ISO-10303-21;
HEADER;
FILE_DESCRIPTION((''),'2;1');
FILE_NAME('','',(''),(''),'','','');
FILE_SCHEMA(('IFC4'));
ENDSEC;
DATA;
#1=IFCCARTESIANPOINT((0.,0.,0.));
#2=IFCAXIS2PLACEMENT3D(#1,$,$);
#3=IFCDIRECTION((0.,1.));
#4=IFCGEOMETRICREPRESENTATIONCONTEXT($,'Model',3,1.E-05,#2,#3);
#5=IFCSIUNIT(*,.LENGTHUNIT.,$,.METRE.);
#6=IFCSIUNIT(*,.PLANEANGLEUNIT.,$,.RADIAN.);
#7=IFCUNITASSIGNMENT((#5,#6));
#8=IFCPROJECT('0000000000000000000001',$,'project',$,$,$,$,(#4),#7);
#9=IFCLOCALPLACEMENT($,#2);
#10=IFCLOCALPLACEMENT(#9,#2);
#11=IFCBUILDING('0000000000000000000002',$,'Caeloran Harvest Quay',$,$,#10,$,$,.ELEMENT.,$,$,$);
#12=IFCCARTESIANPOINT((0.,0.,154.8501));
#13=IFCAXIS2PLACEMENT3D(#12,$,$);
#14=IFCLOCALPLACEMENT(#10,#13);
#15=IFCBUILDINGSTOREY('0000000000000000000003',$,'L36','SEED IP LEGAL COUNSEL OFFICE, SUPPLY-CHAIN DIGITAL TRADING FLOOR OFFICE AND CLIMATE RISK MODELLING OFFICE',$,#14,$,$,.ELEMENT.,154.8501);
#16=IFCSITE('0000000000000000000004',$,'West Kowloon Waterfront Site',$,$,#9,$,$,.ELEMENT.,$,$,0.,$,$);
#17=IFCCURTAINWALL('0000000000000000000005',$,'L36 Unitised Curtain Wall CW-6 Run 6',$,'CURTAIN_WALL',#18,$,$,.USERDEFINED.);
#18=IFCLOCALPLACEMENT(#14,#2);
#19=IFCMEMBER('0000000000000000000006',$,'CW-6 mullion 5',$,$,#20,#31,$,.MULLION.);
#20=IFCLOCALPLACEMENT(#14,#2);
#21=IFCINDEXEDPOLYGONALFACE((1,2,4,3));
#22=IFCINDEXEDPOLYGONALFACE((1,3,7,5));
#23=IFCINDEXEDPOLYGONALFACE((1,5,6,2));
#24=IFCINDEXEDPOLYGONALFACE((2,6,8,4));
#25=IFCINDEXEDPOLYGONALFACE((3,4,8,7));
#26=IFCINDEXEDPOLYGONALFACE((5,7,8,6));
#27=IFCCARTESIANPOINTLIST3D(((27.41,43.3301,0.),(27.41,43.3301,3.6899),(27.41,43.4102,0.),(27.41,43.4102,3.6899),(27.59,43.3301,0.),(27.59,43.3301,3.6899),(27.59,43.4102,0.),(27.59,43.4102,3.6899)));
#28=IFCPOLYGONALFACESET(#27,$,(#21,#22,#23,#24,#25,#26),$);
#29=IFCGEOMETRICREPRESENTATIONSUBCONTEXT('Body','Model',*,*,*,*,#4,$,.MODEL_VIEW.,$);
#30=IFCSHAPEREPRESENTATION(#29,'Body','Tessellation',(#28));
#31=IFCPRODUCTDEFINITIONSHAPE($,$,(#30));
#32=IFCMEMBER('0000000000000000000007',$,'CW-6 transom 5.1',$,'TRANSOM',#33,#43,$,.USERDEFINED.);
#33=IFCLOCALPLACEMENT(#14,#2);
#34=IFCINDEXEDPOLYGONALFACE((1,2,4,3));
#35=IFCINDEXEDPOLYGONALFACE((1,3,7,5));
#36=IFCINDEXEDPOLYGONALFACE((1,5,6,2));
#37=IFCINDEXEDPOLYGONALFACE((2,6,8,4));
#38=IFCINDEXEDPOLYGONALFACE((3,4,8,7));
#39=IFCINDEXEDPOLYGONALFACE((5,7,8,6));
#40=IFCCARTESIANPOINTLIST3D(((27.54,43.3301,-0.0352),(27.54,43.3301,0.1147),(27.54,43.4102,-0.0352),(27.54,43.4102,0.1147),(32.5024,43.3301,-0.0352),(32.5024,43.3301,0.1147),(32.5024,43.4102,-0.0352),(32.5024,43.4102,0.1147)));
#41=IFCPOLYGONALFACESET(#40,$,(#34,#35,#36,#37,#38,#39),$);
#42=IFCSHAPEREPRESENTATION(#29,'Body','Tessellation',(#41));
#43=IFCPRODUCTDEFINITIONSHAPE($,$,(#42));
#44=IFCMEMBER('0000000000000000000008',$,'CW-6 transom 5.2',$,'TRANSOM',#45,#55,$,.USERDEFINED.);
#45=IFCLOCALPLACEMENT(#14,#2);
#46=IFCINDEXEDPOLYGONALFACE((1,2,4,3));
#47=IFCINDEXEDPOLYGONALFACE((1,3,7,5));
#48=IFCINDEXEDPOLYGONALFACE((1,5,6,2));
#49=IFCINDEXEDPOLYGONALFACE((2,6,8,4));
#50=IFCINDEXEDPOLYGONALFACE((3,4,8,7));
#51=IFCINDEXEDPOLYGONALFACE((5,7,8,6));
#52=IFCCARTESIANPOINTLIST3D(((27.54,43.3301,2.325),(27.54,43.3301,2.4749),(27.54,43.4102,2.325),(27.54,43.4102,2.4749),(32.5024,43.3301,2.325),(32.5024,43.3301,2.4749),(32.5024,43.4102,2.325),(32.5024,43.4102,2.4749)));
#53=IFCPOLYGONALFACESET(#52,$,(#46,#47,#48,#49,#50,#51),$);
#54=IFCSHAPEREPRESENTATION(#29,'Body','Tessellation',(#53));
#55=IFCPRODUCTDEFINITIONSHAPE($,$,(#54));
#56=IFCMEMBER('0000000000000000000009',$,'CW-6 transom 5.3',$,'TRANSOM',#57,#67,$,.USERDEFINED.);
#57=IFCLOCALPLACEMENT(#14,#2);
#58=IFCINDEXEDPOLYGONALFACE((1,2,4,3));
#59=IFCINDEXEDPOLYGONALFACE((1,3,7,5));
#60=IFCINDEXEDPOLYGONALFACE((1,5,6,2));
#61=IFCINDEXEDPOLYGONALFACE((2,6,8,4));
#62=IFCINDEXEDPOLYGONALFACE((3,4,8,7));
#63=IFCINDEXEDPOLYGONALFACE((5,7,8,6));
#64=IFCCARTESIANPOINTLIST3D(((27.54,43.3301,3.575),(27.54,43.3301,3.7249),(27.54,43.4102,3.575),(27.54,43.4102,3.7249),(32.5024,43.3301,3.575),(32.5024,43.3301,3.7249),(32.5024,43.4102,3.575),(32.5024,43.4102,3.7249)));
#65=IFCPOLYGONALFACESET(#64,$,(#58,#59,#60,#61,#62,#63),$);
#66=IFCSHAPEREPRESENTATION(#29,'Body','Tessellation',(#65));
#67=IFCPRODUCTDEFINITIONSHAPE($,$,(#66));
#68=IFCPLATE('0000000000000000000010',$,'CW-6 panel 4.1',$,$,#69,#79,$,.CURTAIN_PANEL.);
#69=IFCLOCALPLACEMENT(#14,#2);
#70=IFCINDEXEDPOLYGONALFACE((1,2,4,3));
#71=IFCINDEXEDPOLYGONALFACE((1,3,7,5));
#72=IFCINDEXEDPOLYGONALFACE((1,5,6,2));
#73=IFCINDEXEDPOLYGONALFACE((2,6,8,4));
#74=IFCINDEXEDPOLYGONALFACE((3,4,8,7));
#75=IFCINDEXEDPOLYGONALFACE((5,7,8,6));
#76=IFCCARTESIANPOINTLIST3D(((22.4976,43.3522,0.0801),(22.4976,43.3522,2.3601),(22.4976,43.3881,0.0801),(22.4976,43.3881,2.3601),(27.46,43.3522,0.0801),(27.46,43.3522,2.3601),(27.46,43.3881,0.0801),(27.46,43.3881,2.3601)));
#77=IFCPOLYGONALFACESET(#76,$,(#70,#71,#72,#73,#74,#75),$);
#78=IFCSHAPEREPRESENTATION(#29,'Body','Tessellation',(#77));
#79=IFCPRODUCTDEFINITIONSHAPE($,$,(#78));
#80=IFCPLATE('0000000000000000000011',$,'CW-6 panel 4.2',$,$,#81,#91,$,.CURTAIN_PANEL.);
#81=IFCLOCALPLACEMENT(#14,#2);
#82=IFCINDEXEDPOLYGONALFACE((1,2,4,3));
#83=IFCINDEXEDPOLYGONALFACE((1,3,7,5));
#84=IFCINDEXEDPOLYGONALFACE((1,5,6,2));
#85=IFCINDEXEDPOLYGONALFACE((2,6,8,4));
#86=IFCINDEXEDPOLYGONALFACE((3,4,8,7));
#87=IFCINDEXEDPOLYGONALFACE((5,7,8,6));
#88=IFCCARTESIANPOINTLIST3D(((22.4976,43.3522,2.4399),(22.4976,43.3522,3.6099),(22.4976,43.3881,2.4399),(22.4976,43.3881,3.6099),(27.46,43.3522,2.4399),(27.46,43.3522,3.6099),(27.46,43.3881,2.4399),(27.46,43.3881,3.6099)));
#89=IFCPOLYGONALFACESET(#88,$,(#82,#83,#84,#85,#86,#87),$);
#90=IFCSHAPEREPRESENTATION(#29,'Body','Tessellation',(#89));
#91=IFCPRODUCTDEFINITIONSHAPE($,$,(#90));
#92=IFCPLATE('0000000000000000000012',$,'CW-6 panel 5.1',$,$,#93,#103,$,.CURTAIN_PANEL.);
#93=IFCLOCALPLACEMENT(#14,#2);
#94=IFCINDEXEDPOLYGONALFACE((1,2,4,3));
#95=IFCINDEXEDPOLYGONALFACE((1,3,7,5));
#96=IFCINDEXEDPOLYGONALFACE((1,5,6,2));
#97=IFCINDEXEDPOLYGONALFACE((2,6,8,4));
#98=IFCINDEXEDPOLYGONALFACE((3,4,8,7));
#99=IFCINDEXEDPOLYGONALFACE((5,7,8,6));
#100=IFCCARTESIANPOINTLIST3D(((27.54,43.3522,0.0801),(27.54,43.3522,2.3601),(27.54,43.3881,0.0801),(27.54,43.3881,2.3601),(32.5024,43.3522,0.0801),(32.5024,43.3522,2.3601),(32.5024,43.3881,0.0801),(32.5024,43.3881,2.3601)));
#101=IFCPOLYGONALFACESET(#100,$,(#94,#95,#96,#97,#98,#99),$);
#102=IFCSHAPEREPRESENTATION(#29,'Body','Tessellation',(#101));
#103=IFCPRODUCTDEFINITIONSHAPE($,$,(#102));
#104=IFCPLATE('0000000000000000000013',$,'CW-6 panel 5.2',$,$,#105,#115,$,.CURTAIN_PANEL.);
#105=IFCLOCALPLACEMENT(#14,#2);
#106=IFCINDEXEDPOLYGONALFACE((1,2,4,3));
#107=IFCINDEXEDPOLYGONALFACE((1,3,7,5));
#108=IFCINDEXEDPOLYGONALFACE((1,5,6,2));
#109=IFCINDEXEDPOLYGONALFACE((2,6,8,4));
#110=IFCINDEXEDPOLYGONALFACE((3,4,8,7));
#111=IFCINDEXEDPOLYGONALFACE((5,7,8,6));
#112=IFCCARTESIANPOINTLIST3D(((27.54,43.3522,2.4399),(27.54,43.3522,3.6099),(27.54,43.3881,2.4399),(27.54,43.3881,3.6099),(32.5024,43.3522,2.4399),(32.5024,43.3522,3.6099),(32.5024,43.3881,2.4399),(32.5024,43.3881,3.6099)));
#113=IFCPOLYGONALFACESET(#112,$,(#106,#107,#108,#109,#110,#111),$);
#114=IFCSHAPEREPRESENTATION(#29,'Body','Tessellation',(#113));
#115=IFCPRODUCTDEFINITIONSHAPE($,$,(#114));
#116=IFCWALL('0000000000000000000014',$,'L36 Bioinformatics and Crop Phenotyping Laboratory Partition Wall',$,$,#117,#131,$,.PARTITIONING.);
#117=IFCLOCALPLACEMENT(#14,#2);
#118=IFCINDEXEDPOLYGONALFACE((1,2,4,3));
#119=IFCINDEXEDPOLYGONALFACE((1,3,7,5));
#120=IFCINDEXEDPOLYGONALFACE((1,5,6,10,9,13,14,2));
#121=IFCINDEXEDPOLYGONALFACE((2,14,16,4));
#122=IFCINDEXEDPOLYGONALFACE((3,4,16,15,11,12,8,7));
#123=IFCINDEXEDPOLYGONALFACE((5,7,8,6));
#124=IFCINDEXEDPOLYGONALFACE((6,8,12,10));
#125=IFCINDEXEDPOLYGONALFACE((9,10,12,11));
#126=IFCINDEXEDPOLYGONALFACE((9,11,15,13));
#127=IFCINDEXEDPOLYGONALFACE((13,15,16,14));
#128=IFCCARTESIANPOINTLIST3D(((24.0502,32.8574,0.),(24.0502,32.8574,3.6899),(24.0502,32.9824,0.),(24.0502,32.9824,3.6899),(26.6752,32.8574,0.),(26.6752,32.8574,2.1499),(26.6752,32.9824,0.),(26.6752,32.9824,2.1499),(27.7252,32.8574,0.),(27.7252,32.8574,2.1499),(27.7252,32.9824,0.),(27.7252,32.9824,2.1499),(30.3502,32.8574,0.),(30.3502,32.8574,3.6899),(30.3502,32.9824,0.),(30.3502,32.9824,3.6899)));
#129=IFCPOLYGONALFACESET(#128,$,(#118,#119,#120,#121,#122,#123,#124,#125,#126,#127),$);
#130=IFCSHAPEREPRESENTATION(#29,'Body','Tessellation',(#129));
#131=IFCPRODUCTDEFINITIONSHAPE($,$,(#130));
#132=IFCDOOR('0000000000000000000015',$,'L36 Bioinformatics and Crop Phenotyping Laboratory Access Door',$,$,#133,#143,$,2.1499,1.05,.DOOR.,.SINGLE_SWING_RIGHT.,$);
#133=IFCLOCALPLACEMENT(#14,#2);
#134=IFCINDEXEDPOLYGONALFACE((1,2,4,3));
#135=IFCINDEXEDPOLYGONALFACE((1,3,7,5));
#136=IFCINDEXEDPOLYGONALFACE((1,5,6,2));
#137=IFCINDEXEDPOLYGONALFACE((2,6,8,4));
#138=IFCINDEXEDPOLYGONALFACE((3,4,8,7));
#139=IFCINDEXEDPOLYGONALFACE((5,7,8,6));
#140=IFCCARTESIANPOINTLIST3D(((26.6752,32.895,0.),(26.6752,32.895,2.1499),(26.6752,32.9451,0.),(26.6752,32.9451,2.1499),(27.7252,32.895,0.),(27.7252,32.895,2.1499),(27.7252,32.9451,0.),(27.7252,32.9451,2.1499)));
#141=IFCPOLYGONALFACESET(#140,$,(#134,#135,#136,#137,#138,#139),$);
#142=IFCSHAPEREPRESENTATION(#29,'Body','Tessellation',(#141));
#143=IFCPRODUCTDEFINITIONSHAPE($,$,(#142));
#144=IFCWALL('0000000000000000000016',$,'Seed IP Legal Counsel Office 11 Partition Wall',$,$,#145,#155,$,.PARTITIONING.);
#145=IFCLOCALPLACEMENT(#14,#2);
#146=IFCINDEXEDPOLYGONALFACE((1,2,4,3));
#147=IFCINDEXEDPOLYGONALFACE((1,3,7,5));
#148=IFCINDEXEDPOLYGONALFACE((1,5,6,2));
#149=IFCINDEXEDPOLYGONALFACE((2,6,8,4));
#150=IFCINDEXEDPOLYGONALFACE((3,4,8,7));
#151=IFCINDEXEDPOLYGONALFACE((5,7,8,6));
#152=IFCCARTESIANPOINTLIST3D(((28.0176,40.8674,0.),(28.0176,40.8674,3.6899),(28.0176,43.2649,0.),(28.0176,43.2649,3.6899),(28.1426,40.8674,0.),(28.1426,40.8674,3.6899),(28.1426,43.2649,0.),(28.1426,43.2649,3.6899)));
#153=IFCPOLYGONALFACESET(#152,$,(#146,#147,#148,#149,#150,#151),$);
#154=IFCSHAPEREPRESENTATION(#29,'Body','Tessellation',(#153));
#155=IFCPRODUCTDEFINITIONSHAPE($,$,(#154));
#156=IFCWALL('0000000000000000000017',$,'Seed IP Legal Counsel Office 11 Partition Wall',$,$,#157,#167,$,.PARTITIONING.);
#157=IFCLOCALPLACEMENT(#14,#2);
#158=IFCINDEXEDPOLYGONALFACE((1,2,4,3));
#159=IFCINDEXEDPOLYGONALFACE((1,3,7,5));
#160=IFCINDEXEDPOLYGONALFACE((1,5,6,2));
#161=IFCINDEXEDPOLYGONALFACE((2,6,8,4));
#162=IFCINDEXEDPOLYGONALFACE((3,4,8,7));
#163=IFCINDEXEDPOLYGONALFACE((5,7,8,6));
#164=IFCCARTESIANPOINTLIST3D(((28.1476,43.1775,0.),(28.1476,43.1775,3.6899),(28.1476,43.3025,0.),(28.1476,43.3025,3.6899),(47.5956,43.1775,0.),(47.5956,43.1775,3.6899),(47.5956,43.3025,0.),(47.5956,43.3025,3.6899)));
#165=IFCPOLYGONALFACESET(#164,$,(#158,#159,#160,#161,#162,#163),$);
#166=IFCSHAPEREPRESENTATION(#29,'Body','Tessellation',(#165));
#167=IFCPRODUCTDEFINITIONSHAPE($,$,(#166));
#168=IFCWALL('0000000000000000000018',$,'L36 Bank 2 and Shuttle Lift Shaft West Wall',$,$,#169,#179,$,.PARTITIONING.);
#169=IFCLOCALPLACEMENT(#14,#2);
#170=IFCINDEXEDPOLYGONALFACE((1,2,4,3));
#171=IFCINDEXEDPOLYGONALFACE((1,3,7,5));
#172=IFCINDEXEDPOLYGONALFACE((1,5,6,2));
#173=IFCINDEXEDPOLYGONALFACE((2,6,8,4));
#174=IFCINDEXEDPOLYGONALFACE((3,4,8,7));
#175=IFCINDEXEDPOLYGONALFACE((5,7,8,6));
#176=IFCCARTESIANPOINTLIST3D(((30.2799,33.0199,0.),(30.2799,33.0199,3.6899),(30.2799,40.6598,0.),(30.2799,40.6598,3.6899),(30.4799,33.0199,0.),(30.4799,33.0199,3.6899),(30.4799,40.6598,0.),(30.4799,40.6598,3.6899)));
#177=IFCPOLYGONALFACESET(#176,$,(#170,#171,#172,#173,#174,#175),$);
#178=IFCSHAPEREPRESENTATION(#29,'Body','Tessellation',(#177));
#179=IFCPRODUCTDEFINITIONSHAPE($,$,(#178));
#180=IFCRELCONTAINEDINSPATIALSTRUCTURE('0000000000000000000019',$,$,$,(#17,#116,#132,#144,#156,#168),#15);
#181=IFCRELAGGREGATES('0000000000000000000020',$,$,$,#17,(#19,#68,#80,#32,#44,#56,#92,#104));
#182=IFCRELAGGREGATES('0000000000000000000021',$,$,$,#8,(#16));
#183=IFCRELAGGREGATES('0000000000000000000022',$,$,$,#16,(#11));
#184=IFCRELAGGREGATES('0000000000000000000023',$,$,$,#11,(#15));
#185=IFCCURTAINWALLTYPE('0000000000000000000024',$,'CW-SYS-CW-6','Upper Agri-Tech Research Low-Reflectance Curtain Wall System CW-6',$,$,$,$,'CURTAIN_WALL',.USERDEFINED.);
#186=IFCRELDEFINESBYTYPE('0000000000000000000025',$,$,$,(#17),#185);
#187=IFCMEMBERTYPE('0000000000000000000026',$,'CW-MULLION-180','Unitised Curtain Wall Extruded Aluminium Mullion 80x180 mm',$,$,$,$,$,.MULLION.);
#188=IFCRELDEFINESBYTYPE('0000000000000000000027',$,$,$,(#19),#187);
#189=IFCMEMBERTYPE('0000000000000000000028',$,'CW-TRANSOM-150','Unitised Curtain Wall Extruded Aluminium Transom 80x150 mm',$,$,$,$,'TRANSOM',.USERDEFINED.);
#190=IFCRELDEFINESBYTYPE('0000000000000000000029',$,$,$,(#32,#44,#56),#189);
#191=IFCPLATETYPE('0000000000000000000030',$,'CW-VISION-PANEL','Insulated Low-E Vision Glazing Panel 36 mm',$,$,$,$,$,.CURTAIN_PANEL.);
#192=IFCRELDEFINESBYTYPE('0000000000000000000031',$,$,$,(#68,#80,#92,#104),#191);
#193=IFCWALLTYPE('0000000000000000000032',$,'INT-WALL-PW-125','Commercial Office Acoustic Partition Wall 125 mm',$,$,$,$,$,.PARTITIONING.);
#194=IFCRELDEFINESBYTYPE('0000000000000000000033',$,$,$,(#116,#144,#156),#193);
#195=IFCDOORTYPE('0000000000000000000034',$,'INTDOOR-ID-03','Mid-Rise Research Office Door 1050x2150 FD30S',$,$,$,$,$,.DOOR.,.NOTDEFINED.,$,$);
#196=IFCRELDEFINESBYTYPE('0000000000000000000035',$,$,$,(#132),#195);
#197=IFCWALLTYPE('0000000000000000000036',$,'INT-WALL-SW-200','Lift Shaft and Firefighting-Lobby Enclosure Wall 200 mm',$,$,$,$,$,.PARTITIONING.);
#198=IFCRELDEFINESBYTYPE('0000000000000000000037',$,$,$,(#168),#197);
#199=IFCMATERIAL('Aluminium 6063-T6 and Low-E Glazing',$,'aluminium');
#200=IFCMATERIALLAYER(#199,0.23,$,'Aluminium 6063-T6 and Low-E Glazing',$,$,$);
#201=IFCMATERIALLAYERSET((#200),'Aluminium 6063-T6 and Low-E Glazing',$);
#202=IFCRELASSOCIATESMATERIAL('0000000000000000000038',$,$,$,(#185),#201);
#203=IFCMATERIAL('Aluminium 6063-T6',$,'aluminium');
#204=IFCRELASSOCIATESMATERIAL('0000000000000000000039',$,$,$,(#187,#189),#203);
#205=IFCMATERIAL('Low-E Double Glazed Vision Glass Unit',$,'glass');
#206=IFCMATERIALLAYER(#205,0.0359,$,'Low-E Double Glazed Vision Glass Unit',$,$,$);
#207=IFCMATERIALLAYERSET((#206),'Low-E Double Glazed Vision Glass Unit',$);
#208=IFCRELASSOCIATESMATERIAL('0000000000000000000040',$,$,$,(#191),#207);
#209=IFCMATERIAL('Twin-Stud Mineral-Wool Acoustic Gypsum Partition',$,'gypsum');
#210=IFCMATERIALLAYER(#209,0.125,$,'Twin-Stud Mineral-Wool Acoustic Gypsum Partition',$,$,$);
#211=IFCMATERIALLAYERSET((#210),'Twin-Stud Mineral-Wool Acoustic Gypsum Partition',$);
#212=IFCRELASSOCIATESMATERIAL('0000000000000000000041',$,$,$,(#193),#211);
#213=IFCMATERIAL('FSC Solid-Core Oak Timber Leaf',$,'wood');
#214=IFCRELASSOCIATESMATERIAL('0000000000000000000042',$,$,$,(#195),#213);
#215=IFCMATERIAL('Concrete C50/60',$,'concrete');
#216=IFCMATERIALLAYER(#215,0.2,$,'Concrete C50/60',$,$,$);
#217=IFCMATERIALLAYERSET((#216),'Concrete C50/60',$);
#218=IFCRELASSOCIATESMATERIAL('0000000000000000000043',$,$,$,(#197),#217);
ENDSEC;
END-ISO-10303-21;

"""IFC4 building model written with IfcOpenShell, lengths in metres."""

from ifc_helpers import new_model, si_unit, direction, frame, frame_2d, origin, origin_2d, place, context, subcontext, project, spatial, rectangle, extrude, material, layer, layer_set, material_profile, profile_set, type_object, element, fill, aggregate, save


model = new_model("IFC4")

# Units and contexts
model_context = context("Model", 3, precision=1e-05, world=origin(), true_north=direction((0.0, 1.0)))
body_context = subcontext(model_context, "Body", "Model", "MODEL_VIEW")
ifc_project = project(units=[si_unit("LENGTHUNIT", "METRE"), si_unit("PLANEANGLEUNIT", "RADIAN")], contexts=[model_context])

# Site, building, storey
site_placement = place(None, origin())
site = spatial("IfcSite", under=ifc_project, at=site_placement, Name="West Kowloon Waterfront Site", CompositionType="ELEMENT", RefElevation=0.0)
building_placement = place(site_placement, origin())
building = spatial("IfcBuilding", under=site, at=building_placement, Name="Caeloran Harvest Quay", CompositionType="ELEMENT")
storey_placement = place(building_placement, frame((0.0, 0.0, 154.8501)))
storey = spatial("IfcBuildingStorey", under=building, at=storey_placement, Name="L36", Description="SEED IP LEGAL COUNSEL OFFICE, SUPPLY-CHAIN DIGITAL TRADING FLOOR OFFICE AND CLIMATE RISK MODELLING OFFICE", CompositionType="ELEMENT", Elevation=154.8501)

# Curtain wall, members, plates
ifc_material_1 = material(Name="Aluminium 6063-T6 and Low-E Glazing", Category="aluminium")
ifc_layer_1 = layer(ifc_material_1, 0.23, Name="Aluminium 6063-T6 and Low-E Glazing")
ifc_layer_set_1 = layer_set([ifc_layer_1], Name="Aluminium 6063-T6 and Low-E Glazing")
curtain_wall_type = type_object("IfcCurtainWallType", Name="CW-SYS-CW-6", Description="Upper Agri-Tech Research Low-Reflectance Curtain Wall System CW-6", ElementType="CURTAIN_WALL", PredefinedType="USERDEFINED", material=ifc_layer_set_1)
curtain_wall_placement = place(storey_placement, origin())
curtain_wall = element("IfcCurtainWall", 1, at=curtain_wall_placement, inside=storey, type_object=curtain_wall_type, Name="L36 Unitised Curtain Wall CW-6 Run 6", ObjectType="CURTAIN_WALL", PredefinedType="USERDEFINED")
ifc_material_2 = material(Name="Aluminium 6063-T6", Category="aluminium")
ifc_material_profile_1 = material_profile(ifc_material_2, rectangle(XDim=0.0801, YDim=0.1799, at=origin_2d()), Name="CW-MULLION-180")
ifc_profile_set_1 = profile_set([ifc_material_profile_1], Name="Aluminium 6063-T6")
member_type_1 = type_object("IfcMemberType", Name="CW-MULLION-180", Description="Unitised Curtain Wall Extruded Aluminium Mullion 80x180 mm", PredefinedType="MULLION", material=ifc_profile_set_1)
member_1_placement = place(storey_placement, frame((27.5, 43.3701, 0.0), z_axis=(0.0, 0.0, 1.0), x_axis=(0.0, 1.0, 0.0)))
member_1 = element("IfcMember", 2, at=member_1_placement, type_object=member_type_1, Name="CW-6 mullion 5", PredefinedType="MULLION", context=body_context, shape_type="SweptSolid", body=[
    extrude(rectangle(XDim=0.0801, YDim=0.1799, at=origin_2d()), origin(), (0.0, 0.0, 1.0), 3.6899),
])
ifc_material_profile_2 = material_profile(ifc_material_2, rectangle(XDim=0.0801, YDim=0.1499, at=origin_2d()), Name="CW-TRANSOM-150")
ifc_profile_set_2 = profile_set([ifc_material_profile_2], Name="Aluminium 6063-T6")
member_type_2 = type_object("IfcMemberType", Name="CW-TRANSOM-150", Description="Unitised Curtain Wall Extruded Aluminium Transom 80x150 mm", ElementType="TRANSOM", PredefinedType="USERDEFINED", material=ifc_profile_set_2)
member_2_placement = place(storey_placement, frame((27.54, 43.3701, 0.0398), z_axis=(1.0, 0.0, 0.0), x_axis=(0.0, 1.0, 0.0)))
member_2 = element("IfcMember", 3, at=member_2_placement, type_object=member_type_2, Name="CW-6 transom 5.1", ObjectType="TRANSOM", PredefinedType="USERDEFINED", context=body_context, shape_type="SweptSolid", body=[
    extrude(rectangle(XDim=0.0801, YDim=0.1499, at=origin_2d()), origin(), (0.0, 0.0, 1.0), 4.9624),
])
member_3_placement = place(storey_placement, frame((27.54, 43.3701, 2.3999), z_axis=(1.0, 0.0, 0.0), x_axis=(0.0, 1.0, 0.0)))
member_3 = element("IfcMember", 4, at=member_3_placement, type_object=member_type_2, Name="CW-6 transom 5.2", ObjectType="TRANSOM", PredefinedType="USERDEFINED", context=body_context, shape_type="SweptSolid", body=[
    extrude(rectangle(XDim=0.0801, YDim=0.1499, at=origin_2d()), origin(), (0.0, 0.0, 1.0), 4.9624),
])
member_4_placement = place(storey_placement, frame((27.54, 43.3701, 3.6499), z_axis=(1.0, 0.0, 0.0), x_axis=(0.0, 1.0, 0.0)))
member_4 = element("IfcMember", 5, at=member_4_placement, type_object=member_type_2, Name="CW-6 transom 5.3", ObjectType="TRANSOM", PredefinedType="USERDEFINED", context=body_context, shape_type="SweptSolid", body=[
    extrude(rectangle(XDim=0.0801, YDim=0.1499, at=origin_2d()), origin(), (0.0, 0.0, 1.0), 4.9624),
])
ifc_material_3 = material(Name="Low-E Double Glazed Vision Glass Unit", Category="glass")
ifc_layer_2 = layer(ifc_material_3, 0.0359, Name="Low-E Double Glazed Vision Glass Unit")
ifc_layer_set_2 = layer_set([ifc_layer_2], Name="Low-E Double Glazed Vision Glass Unit")
plate_type = type_object("IfcPlateType", Name="CW-VISION-PANEL", Description="Insulated Low-E Vision Glazing Panel 36 mm", PredefinedType="CURTAIN_PANEL", material=ifc_layer_set_2)
plate_1_placement = place(storey_placement, frame((24.9788, 43.3701, 0.0801), z_axis=(0.0, 0.0, 1.0), x_axis=(1.0, 0.0, 0.0)))
plate_1 = element("IfcPlate", 6, at=plate_1_placement, type_object=plate_type, Name="CW-6 panel 4.1", PredefinedType="CURTAIN_PANEL", context=body_context, shape_type="SweptSolid", body=[
    extrude(rectangle(XDim=4.9624, YDim=0.0359, at=origin_2d()), origin(), (0.0, 0.0, 1.0), 2.28),
])
plate_2_placement = place(storey_placement, frame((24.9788, 43.3701, 2.4399), z_axis=(0.0, 0.0, 1.0), x_axis=(1.0, 0.0, 0.0)))
plate_2 = element("IfcPlate", 7, at=plate_2_placement, type_object=plate_type, Name="CW-6 panel 4.2", PredefinedType="CURTAIN_PANEL", context=body_context, shape_type="SweptSolid", body=[
    extrude(rectangle(XDim=4.9624, YDim=0.0359, at=origin_2d()), origin(), (0.0, 0.0, 1.0), 1.1699),
])
plate_3_placement = place(storey_placement, frame((30.0212, 43.3701, 0.0801), z_axis=(0.0, 0.0, 1.0), x_axis=(1.0, 0.0, 0.0)))
plate_3 = element("IfcPlate", 8, at=plate_3_placement, type_object=plate_type, Name="CW-6 panel 5.1", PredefinedType="CURTAIN_PANEL", context=body_context, shape_type="SweptSolid", body=[
    extrude(rectangle(XDim=4.9624, YDim=0.0359, at=origin_2d()), origin(), (0.0, 0.0, 1.0), 2.28),
])
plate_4_placement = place(storey_placement, frame((30.0212, 43.3701, 2.4399), z_axis=(0.0, 0.0, 1.0), x_axis=(1.0, 0.0, 0.0)))
plate_4 = element("IfcPlate", 9, at=plate_4_placement, type_object=plate_type, Name="CW-6 panel 5.2", PredefinedType="CURTAIN_PANEL", context=body_context, shape_type="SweptSolid", body=[
    extrude(rectangle(XDim=4.9624, YDim=0.0359, at=origin_2d()), origin(), (0.0, 0.0, 1.0), 1.1699),
])
aggregate(curtain_wall, [member_1, plate_1, plate_2, member_2, member_3, member_4, plate_3, plate_4])

# Wall, opening, door
ifc_material_4 = material(Name="Twin-Stud Mineral-Wool Acoustic Gypsum Partition", Category="gypsum")
ifc_layer_3 = layer(ifc_material_4, 0.125, Name="Twin-Stud Mineral-Wool Acoustic Gypsum Partition")
ifc_layer_set_3 = layer_set([ifc_layer_3], Name="Twin-Stud Mineral-Wool Acoustic Gypsum Partition")
wall_type_1 = type_object("IfcWallType", Name="INT-WALL-PW-125", Description="Commercial Office Acoustic Partition Wall 125 mm", PredefinedType="PARTITIONING", material=ifc_layer_set_3)
wall_1_placement = place(storey_placement, frame((30.3501, 32.9199, 0.0), z_axis=(0.0, 0.0, 1.0), x_axis=(-1.0, 0.0, 0.0)))
wall_1 = element("IfcWall", 10, at=wall_1_placement, inside=storey, type_object=wall_type_1, Name="L36 Bioinformatics and Crop Phenotyping Laboratory Partition Wall", PredefinedType="PARTITIONING", context=body_context, shape_type="SweptSolid", body=[
    extrude(rectangle(XDim=6.3, YDim=0.125, at=frame_2d((3.1499, 0.0))), origin(), (0.0, 0.0, 1.0), 3.6899),
])
opening_1_placement = place(wall_1_placement, frame((2.625, 0.0, 0.0)))
opening_1 = element("IfcOpeningElement", 11, at=opening_1_placement, cuts=wall_1, PredefinedType="OPENING", context=body_context, shape_type="SweptSolid", body=[
    extrude(rectangle(XDim=1.05, YDim=2.1499, at=frame_2d((0.5249, 1.075))), frame((0.0, 0.0725, 0.0), z_axis=(0.0, -1.0, 0.0), x_axis=(1.0, 0.0, 0.0)), (0.0, 0.0, 1.0), 0.145),
])
ifc_material_5 = material(Name="FSC Solid-Core Oak Timber Leaf", Category="wood")
door_type_1 = type_object("IfcDoorType", Name="INTDOOR-ID-03", Description="Mid-Rise Research Office Door 1050x2150 FD30S", OperationType="NOTDEFINED", PredefinedType="DOOR", material=ifc_material_5)
door_1_placement = place(opening_1_placement, origin())
door_1 = element("IfcDoor", 12, at=door_1_placement, inside=storey, type_object=door_type_1, Name="L36 Bioinformatics and Crop Phenotyping Laboratory Access Door", OperationType="SINGLE_SWING_RIGHT", OverallHeight=2.1499, OverallWidth=1.05, PredefinedType="DOOR", context=body_context, shape_type="SweptSolid", body=[
    extrude(rectangle(XDim=1.05, YDim=2.1499, at=frame_2d((0.5249, 1.075))), frame((0.0, 0.0249, 0.0), z_axis=(0.0, -1.0, 0.0), x_axis=(1.0, 0.0, 0.0)), (0.0, 0.0, 1.0), 0.05),
])
fill(opening_1, door_1)

# Walls
wall_2_placement = place(storey_placement, frame((28.0801, 40.8674, 0.0), z_axis=(0.0, 0.0, 1.0), x_axis=(0.0, 1.0, 0.0)))
element("IfcWall", 13, at=wall_2_placement, inside=storey, type_object=wall_type_1, Name="Seed IP Legal Counsel Office 11 Partition Wall", PredefinedType="PARTITIONING", context=body_context, shape_type="SweptSolid", body=[
    extrude(rectangle(XDim=2.3975, YDim=0.125, at=frame_2d((1.1987, 0.0))), origin(), (0.0, 0.0, 1.0), 3.6899),
])
wall_3_placement = place(storey_placement, frame((28.1475, 43.24, 0.0), z_axis=(0.0, 0.0, 1.0), x_axis=(1.0, 0.0, 0.0)))
element("IfcWall", 14, at=wall_3_placement, inside=storey, type_object=wall_type_1, Name="Seed IP Legal Counsel Office 11 Partition Wall", PredefinedType="PARTITIONING", context=body_context, shape_type="SweptSolid", body=[
    extrude(rectangle(XDim=19.448, YDim=0.125, at=frame_2d((9.7241, 0.0))), origin(), (0.0, 0.0, 1.0), 3.6899),
])
ifc_material_6 = material(Name="Concrete C50/60", Category="concrete")
ifc_layer_4 = layer(ifc_material_6, 0.2, Name="Concrete C50/60")
ifc_layer_set_4 = layer_set([ifc_layer_4], Name="Concrete C50/60")
wall_type_2 = type_object("IfcWallType", Name="INT-WALL-SW-200", Description="Lift Shaft and Firefighting-Lobby Enclosure Wall 200 mm", PredefinedType="PARTITIONING", material=ifc_layer_set_4)
wall_4_placement = place(storey_placement, frame((30.3799, 33.02, 0.0), z_axis=(0.0, 0.0, 1.0), x_axis=(0.0, 1.0, 0.0)))
element("IfcWall", 15, at=wall_4_placement, inside=storey, type_object=wall_type_2, Name="L36 Bank 2 and Shuttle Lift Shaft West Wall", PredefinedType="PARTITIONING", context=body_context, shape_type="SweptSolid", body=[
    extrude(rectangle(XDim=7.6399, YDim=0.2, at=frame_2d((3.8198, 0.0))), origin(), (0.0, 0.0, 1.0), 3.6899),
])

save(model, "model.ifc")
